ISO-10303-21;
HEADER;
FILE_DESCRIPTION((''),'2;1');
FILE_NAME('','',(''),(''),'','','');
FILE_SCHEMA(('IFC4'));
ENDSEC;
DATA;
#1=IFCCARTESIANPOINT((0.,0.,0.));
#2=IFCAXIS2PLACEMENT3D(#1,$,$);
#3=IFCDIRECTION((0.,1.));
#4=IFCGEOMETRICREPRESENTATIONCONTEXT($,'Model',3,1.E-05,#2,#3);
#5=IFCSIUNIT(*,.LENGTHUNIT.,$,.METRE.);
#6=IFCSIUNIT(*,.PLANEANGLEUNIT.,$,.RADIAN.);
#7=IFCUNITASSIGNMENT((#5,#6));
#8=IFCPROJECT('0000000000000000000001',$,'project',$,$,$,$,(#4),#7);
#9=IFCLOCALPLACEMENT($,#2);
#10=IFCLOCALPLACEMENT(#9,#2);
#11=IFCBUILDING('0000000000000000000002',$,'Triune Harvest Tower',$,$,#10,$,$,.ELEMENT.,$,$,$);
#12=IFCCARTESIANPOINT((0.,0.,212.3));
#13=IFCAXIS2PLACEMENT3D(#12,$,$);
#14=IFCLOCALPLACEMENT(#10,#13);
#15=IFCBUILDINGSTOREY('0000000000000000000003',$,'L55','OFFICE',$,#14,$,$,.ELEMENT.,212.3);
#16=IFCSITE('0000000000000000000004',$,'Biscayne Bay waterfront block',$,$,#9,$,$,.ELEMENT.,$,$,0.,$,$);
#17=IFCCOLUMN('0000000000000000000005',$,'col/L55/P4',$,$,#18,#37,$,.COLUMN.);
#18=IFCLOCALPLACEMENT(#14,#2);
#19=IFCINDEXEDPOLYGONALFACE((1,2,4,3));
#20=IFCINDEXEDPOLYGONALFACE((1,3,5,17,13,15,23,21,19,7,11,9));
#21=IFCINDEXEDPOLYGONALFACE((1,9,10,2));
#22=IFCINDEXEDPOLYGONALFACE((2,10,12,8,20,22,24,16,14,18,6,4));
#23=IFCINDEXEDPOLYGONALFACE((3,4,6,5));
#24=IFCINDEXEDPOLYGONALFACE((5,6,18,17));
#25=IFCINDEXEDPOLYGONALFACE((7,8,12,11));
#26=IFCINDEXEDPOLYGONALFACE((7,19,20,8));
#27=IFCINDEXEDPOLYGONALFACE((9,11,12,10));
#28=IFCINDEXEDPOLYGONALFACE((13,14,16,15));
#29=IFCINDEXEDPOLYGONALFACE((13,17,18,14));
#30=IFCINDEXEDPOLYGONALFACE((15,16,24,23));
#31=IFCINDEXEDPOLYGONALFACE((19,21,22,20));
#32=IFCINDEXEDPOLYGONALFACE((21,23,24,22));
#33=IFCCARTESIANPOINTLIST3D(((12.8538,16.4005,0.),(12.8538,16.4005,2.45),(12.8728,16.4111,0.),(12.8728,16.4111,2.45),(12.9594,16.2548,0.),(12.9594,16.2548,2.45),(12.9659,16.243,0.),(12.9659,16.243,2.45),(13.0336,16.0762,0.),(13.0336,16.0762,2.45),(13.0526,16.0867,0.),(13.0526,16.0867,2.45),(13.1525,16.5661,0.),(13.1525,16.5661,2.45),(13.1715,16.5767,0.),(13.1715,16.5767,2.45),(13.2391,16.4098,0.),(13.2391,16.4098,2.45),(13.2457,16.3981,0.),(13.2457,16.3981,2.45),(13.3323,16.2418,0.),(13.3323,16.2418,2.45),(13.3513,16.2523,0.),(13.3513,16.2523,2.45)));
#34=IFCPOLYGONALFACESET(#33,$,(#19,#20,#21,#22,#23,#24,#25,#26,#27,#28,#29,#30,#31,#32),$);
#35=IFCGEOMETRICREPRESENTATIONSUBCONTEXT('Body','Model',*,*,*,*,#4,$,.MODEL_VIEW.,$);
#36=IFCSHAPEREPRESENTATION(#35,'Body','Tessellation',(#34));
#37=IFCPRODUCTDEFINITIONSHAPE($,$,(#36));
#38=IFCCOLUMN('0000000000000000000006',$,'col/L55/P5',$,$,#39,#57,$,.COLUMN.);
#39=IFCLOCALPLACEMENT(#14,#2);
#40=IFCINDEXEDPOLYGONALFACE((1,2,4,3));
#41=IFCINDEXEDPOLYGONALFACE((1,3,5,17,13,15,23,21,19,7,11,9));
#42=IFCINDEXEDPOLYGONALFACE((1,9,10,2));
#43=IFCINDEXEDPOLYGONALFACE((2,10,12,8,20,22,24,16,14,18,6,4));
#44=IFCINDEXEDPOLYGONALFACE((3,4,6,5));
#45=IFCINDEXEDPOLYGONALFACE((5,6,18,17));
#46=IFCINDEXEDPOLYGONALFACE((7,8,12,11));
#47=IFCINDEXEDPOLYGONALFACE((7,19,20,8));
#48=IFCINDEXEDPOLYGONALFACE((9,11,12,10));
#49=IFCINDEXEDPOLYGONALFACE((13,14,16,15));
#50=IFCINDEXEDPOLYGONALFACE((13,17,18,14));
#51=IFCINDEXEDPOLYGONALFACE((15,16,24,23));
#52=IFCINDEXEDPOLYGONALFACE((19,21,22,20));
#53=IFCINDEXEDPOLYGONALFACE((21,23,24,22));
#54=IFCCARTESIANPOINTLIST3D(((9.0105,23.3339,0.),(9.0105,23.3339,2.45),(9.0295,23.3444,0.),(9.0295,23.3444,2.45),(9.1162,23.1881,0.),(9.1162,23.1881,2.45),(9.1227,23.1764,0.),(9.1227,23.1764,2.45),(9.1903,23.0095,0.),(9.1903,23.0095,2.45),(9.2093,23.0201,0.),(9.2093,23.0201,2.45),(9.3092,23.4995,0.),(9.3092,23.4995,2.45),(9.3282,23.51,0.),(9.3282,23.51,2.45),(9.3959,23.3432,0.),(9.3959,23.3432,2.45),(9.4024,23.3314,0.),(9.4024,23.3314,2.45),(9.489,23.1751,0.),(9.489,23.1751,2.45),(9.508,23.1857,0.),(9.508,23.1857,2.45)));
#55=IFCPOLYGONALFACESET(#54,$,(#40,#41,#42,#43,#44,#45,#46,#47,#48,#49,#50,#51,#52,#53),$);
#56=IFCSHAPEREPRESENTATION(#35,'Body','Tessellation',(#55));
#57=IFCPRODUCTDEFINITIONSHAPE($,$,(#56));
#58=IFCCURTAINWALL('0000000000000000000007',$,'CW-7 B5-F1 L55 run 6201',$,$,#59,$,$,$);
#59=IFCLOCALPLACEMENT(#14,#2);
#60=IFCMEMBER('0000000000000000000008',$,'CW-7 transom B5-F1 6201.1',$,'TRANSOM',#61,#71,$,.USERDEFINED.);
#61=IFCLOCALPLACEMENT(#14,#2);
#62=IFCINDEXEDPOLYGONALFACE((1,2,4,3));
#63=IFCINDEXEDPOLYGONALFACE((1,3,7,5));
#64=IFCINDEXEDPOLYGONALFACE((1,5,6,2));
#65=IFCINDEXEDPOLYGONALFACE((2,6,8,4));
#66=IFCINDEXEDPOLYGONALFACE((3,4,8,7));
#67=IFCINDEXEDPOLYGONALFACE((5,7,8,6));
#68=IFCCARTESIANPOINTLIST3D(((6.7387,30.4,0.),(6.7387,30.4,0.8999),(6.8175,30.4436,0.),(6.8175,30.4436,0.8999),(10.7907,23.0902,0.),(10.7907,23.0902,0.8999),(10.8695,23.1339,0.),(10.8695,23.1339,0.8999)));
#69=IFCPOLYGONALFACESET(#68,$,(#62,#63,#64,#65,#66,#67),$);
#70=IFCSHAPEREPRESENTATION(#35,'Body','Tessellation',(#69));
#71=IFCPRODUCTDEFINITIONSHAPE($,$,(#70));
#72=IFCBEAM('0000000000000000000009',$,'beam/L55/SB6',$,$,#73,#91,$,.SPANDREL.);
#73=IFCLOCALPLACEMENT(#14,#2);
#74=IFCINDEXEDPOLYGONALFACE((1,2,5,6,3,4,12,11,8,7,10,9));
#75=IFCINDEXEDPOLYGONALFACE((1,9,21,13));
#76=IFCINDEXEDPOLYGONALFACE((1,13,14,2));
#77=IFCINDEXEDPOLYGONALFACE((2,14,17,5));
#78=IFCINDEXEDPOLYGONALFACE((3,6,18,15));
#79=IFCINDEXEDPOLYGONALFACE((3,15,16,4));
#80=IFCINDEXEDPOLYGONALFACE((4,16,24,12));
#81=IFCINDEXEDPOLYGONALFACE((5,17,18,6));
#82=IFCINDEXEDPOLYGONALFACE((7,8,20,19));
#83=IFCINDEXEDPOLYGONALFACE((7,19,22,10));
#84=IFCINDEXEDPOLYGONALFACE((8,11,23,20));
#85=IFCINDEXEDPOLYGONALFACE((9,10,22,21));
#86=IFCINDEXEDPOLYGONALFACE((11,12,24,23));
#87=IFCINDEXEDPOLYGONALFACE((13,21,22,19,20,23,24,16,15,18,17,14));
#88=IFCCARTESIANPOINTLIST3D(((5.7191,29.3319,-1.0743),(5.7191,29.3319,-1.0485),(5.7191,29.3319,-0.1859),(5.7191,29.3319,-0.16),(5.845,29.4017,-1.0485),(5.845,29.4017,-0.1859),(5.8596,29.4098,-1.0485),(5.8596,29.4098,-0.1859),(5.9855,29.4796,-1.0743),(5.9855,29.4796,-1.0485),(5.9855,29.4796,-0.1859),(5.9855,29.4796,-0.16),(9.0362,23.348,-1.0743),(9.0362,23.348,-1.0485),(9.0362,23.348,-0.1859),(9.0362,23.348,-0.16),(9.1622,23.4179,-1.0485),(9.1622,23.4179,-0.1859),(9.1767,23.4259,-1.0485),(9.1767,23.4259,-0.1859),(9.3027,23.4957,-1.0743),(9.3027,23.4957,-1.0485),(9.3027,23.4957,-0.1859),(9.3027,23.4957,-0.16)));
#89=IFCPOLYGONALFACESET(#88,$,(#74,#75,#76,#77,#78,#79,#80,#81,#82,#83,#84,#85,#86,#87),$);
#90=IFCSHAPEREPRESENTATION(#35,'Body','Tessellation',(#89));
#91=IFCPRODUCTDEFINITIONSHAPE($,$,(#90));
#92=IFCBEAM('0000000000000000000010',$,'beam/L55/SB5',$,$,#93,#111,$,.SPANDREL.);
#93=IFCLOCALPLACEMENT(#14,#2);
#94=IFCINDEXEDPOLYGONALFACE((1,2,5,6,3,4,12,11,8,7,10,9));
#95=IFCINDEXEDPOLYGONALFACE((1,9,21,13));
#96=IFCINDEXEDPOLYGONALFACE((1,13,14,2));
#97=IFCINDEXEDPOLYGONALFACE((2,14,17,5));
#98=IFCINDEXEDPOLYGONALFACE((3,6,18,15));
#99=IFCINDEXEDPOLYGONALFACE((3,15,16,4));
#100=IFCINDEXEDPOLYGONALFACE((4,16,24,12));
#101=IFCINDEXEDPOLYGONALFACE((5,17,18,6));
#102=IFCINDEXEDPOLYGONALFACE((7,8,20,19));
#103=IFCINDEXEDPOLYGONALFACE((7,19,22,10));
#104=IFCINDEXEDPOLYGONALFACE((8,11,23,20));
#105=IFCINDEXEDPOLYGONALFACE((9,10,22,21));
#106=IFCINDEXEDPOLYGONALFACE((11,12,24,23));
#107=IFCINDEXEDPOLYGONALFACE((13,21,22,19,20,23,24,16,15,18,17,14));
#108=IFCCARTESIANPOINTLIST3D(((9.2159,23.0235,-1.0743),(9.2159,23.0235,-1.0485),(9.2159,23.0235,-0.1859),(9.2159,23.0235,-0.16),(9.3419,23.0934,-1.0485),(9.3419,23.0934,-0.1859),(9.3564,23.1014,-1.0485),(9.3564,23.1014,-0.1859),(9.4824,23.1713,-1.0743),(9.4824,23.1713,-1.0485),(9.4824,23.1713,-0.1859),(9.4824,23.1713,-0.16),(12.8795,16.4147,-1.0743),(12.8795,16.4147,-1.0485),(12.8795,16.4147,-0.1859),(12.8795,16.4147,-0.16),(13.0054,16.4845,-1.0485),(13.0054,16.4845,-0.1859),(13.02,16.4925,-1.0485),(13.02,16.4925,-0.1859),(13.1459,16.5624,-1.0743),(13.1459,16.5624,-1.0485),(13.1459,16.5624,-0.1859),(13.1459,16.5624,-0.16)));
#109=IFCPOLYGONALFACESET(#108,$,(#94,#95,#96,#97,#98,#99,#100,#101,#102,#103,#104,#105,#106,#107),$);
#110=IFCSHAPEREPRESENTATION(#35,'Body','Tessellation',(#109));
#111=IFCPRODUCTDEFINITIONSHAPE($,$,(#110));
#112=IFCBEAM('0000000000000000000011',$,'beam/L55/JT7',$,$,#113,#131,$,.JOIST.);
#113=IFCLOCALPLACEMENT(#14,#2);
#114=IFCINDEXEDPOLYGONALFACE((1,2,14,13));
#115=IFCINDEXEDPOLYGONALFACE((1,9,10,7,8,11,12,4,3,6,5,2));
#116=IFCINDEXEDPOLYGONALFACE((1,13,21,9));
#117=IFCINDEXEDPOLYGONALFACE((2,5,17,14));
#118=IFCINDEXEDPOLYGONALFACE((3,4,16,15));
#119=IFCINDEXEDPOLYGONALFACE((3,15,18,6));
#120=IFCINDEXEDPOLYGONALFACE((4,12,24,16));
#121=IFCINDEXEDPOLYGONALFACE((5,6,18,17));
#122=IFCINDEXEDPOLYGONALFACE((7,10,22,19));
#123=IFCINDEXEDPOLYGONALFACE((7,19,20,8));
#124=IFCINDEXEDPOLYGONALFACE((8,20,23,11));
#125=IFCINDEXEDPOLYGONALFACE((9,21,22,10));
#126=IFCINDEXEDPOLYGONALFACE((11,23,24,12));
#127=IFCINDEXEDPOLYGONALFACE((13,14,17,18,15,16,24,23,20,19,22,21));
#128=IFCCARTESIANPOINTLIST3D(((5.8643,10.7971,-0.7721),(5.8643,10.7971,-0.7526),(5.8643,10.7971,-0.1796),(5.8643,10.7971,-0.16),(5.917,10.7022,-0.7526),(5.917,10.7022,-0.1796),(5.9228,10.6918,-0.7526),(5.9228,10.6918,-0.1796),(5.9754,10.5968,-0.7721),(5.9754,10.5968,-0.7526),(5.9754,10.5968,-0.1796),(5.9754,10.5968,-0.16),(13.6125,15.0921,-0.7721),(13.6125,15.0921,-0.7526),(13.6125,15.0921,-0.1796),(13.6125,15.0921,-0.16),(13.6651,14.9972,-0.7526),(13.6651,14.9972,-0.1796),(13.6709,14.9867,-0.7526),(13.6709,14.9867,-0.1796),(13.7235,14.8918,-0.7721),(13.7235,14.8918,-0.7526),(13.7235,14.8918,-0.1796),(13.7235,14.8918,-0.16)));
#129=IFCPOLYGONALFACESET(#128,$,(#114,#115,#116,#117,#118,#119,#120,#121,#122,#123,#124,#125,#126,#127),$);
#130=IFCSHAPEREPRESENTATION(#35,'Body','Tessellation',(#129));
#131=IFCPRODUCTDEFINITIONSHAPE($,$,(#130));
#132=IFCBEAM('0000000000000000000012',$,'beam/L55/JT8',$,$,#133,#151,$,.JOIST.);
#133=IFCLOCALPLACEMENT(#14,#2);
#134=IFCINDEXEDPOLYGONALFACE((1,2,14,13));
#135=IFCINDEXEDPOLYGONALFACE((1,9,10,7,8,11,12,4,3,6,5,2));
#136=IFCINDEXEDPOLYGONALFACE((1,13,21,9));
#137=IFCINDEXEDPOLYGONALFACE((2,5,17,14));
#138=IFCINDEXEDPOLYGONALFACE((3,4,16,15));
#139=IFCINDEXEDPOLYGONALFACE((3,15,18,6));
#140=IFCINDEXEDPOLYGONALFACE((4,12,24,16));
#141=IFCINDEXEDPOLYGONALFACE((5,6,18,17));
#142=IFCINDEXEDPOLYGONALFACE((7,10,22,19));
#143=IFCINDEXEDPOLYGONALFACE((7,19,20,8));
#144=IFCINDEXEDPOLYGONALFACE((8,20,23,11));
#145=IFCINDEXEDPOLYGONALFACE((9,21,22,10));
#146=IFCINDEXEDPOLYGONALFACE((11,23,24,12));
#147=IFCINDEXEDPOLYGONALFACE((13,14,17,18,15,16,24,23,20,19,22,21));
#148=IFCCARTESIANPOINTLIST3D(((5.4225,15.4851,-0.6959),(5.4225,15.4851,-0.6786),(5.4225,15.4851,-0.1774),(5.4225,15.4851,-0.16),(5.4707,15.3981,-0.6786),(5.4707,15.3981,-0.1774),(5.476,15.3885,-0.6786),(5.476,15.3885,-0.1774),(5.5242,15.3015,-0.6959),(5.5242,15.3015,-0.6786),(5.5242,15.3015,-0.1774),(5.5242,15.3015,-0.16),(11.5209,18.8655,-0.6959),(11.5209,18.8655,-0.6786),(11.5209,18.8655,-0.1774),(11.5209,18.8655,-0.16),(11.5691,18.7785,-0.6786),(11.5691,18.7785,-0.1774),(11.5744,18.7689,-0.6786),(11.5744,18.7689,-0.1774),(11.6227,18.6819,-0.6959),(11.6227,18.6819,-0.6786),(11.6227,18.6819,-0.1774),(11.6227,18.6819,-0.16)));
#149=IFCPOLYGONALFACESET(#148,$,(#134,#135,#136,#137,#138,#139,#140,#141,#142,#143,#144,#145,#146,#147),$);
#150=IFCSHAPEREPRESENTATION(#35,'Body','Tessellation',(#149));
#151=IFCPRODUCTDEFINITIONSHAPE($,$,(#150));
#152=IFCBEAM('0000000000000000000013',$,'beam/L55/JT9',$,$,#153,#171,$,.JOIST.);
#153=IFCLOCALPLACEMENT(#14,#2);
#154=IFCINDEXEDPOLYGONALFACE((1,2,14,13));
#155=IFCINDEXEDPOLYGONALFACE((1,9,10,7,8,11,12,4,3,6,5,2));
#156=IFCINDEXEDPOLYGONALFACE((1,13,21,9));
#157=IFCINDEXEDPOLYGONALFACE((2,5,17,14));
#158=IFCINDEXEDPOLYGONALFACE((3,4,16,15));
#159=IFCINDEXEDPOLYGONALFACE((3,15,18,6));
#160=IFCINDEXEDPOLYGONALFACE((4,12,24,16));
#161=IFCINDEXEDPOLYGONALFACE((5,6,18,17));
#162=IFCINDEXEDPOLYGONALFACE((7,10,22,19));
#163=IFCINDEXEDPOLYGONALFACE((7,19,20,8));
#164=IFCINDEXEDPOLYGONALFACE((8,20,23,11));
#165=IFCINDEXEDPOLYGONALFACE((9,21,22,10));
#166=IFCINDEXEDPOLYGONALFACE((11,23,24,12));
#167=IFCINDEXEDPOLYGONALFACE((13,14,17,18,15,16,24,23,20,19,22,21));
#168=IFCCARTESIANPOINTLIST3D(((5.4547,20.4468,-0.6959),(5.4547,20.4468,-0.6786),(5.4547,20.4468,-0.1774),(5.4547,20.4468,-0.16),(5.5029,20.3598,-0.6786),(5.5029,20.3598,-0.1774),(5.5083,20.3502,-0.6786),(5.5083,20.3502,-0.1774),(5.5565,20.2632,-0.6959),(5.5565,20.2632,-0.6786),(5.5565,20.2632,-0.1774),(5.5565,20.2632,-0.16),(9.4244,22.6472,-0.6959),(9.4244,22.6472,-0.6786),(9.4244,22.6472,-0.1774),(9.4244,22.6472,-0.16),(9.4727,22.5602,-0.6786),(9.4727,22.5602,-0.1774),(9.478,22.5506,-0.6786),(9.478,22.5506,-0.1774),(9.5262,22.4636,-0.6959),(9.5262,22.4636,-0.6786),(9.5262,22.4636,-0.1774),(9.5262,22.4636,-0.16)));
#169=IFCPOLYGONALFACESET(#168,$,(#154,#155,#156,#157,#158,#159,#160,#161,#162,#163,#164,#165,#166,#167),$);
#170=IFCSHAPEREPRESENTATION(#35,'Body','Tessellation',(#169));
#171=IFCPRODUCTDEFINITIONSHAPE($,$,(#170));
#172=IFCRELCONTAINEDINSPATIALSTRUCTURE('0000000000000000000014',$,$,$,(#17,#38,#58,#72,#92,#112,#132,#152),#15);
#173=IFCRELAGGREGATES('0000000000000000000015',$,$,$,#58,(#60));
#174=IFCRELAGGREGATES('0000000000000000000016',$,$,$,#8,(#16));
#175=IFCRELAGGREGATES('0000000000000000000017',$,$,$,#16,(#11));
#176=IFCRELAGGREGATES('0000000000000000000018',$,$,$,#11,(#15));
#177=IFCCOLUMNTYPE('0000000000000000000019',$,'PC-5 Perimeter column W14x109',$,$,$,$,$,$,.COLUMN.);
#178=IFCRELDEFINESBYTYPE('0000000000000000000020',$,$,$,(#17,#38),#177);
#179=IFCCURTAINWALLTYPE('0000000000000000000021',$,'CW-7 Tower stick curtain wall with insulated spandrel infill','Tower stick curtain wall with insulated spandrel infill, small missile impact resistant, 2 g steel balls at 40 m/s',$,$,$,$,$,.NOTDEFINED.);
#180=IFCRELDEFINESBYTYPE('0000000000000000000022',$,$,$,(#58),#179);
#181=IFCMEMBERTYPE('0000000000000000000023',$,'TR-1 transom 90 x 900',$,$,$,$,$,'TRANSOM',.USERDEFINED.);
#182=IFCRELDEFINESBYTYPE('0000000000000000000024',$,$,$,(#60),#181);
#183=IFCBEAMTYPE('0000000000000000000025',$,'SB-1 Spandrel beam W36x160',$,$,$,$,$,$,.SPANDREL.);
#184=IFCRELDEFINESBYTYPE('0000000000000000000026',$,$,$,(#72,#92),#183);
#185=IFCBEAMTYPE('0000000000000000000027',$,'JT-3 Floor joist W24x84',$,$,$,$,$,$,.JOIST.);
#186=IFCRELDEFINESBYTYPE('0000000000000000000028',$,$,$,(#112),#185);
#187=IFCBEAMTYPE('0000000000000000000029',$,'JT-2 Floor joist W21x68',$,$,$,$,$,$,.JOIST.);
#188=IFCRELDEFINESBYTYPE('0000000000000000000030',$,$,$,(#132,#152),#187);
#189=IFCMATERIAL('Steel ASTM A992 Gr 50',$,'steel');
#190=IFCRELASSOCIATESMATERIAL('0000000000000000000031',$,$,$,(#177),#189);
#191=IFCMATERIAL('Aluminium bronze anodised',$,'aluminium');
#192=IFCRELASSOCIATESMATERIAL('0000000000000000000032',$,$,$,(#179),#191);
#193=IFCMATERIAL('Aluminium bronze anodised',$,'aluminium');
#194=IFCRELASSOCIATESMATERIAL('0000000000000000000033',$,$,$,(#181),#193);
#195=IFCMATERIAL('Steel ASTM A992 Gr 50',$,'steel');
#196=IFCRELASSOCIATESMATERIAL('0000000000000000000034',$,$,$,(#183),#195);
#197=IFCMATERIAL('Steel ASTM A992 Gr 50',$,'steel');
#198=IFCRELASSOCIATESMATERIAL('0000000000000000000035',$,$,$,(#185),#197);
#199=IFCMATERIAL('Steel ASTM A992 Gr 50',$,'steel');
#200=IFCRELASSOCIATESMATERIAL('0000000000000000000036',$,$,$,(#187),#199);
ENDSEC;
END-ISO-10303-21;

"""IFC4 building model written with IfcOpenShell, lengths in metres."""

from ifc_helpers import new_model, si_unit, direction, frame, origin, origin_2d, place, context, subcontext, project, spatial, rectangle, i_section, extrude, source, transform, mapped, material, material_profile, profile_set, type_object, element, aggregate, save


model = new_model("IFC4")

# Units and contexts
model_context = context("Model", 3, precision=1e-05, world=origin(), true_north=direction((0.0, 1.0)))
body_context = subcontext(model_context, "Body", "Model", "MODEL_VIEW")
ifc_project = project(units=[si_unit("LENGTHUNIT", "METRE"), si_unit("PLANEANGLEUNIT", "RADIAN")], contexts=[model_context])

# Site, building, storey
site_placement = place(None, origin())
site = spatial("IfcSite", under=ifc_project, at=site_placement, Name="Biscayne Bay waterfront block", CompositionType="ELEMENT", RefElevation=0.0)
building_placement = place(site_placement, origin())
building = spatial("IfcBuilding", under=site, at=building_placement, Name="Triune Harvest Tower", CompositionType="ELEMENT")
storey_placement = place(building_placement, frame((0.0, 0.0, 212.3)))
storey = spatial("IfcBuildingStorey", under=building, at=storey_placement, Name="L55", Description="OFFICE", CompositionType="ELEMENT", Elevation=212.3)

# Columns
ifc_material_1 = material(Name="Steel ASTM A992 Gr 50", Category="steel")
ifc_material_profile_1 = material_profile(ifc_material_1, i_section(OverallWidth=0.3708, OverallDepth=0.3633, WebThickness=0.0134, FlangeThickness=0.0217, at=origin_2d()), Name="W14x109")
ifc_profile_set_1 = profile_set([ifc_material_profile_1], Name="Steel ASTM A992 Gr 50")
column_type = type_object("IfcColumnType", Name="PC-5 Perimeter column W14x109", PredefinedType="COLUMN", material=ifc_profile_set_1)
shared_shape_1 = source(origin(), body_context, "Body", "SweptSolid", [
    extrude(i_section(OverallWidth=0.3708, OverallDepth=0.3633, WebThickness=0.0134, FlangeThickness=0.0217, at=origin_2d()), origin(), (0.0, 0.0, 1.0), 2.45),
])
for number, where, z_axis, x_axis, name in (
    (1, (13.1025, 16.3264, 0.0), (0.0, 0.0, 1.0), (-0.48481, 0.87462, 0.0), "col/L55/P4"),
    (2, (9.2593, 23.2598, 0.0), (0.0, 0.0, 1.0), (-0.48481, 0.87462, 0.0), "col/L55/P5"),
):
    element("IfcColumn", number, at=place(storey_placement, frame(where, z_axis=z_axis, x_axis=x_axis)), inside=storey, type_object=column_type, Name=name, PredefinedType="COLUMN", context=body_context, shape_type="MappedRepresentation", body=[
        mapped(shared_shape_1, transform((0.0, 0.0, 0.0), scale=1.0)),
    ])

# Curtain wall, member
ifc_material_2 = material(Name="Aluminium bronze anodised", Category="aluminium")
curtain_wall_type_1 = type_object("IfcCurtainWallType", Name="CW-7 Tower stick curtain wall with insulated spandrel infill", Description="Tower stick curtain wall with insulated spandrel infill, small missile impact resistant, 2 g steel balls at 40 m/s", PredefinedType="NOTDEFINED", material=ifc_material_2)
curtain_wall_1_placement = place(storey_placement, origin())
curtain_wall_1 = element("IfcCurtainWall", 3, at=curtain_wall_1_placement, inside=storey, type_object=curtain_wall_type_1, Name="CW-7 B5-F1 L55 run 6201")
ifc_material_3 = material(Name="Aluminium bronze anodised", Category="aluminium")
ifc_material_profile_2 = material_profile(ifc_material_3, rectangle(XDim=0.0901, YDim=0.8999, at=origin_2d()), Name="TR-1 transom 90 x 900")
ifc_profile_set_2 = profile_set([ifc_material_profile_2], Name="Aluminium bronze anodised")
member_type_1 = type_object("IfcMemberType", Name="TR-1 transom 90 x 900", ElementType="TRANSOM", PredefinedType="USERDEFINED", material=ifc_profile_set_2)
member_1_placement = place(storey_placement, frame((10.8301, 23.1121, 0.45), z_axis=(-0.484819, 0.874614, 0.0), x_axis=(-0.874614, -0.484819, 0.0)))
member_1 = element("IfcMember", 4, at=member_1_placement, type_object=member_type_1, Name="CW-7 transom B5-F1 6201.1", ObjectType="TRANSOM", PredefinedType="USERDEFINED", context=body_context, shape_type="SweptSolid", body=[
    extrude(rectangle(XDim=0.0901, YDim=0.8999, at=origin_2d()), origin(), (0.0, 0.0, 1.0), 8.3577),
])

# Beams
ifc_material_4 = material(Name="Steel ASTM A992 Gr 50", Category="steel")
ifc_material_profile_3 = material_profile(ifc_material_4, i_section(OverallWidth=0.3047, OverallDepth=0.9143, WebThickness=0.0166, FlangeThickness=0.0259, at=origin_2d()), Name="W36x160")
ifc_profile_set_3 = profile_set([ifc_material_profile_3], Name="Steel ASTM A992 Gr 50")
beam_type_1 = type_object("IfcBeamType", Name="SB-1 Spandrel beam W36x160", PredefinedType="SPANDREL", material=ifc_profile_set_3)
shared_shape_2 = source(origin(), body_context, "Body", "SweptSolid", [
    extrude(i_section(OverallWidth=0.3047, OverallDepth=0.9143, WebThickness=0.0166, FlangeThickness=0.0259, at=origin_2d()), origin(), (0.0, 0.0, 1.0), 6.8418),
])
beam_1_placement = place(storey_placement, frame((9.1694, 23.4219, -0.6172), z_axis=(-0.484834, 0.874606, 0.0), x_axis=(-0.874606, -0.484834, 0.0)))
element("IfcBeam", 5, at=beam_1_placement, inside=storey, type_object=beam_type_1, Name="beam/L55/SB6", PredefinedType="SPANDREL", context=body_context, shape_type="MappedRepresentation", body=[
    mapped(shared_shape_2, transform((0.0, 0.0, 0.0), scale=1.0)),
])
shared_shape_3 = source(origin(), body_context, "Body", "SweptSolid", [
    extrude(i_section(OverallWidth=0.3047, OverallDepth=0.9143, WebThickness=0.0166, FlangeThickness=0.0259, at=origin_2d()), origin(), (0.0, 0.0, 1.0), 7.5564),
])
beam_2_placement = place(storey_placement, frame((13.0127, 16.4885, -0.6172), z_axis=(-0.484831, 0.874608, 0.0), x_axis=(-0.874608, -0.484831, 0.0)))
element("IfcBeam", 6, at=beam_2_placement, inside=storey, type_object=beam_type_1, Name="beam/L55/SB5", PredefinedType="SPANDREL", context=body_context, shape_type="MappedRepresentation", body=[
    mapped(shared_shape_3, transform((0.0, 0.0, 0.0), scale=1.0)),
])
ifc_material_5 = material(Name="Steel ASTM A992 Gr 50", Category="steel")
ifc_material_profile_4 = material_profile(ifc_material_5, i_section(OverallWidth=0.229, OverallDepth=0.6121, WebThickness=0.012, FlangeThickness=0.0195, at=origin_2d()), Name="W24x84")
ifc_profile_set_4 = profile_set([ifc_material_profile_4], Name="Steel ASTM A992 Gr 50")
beam_type_2 = type_object("IfcBeamType", Name="JT-3 Floor joist W24x84", PredefinedType="JOIST", material=ifc_profile_set_4)
shared_shape_4 = source(origin(), body_context, "Body", "SweptSolid", [
    extrude(i_section(OverallWidth=0.229, OverallDepth=0.6121, WebThickness=0.012, FlangeThickness=0.0195, at=origin_2d()), origin(), (0.0, 0.0, 1.0), 8.8589),
])
beam_3_placement = place(storey_placement, frame((13.668, 14.9919, -0.4661), z_axis=(-0.874614, -0.484819, 0.0), x_axis=(0.484819, -0.874614, 0.0)))
element("IfcBeam", 7, at=beam_3_placement, inside=storey, type_object=beam_type_2, Name="beam/L55/JT7", PredefinedType="JOIST", context=body_context, shape_type="MappedRepresentation", body=[
    mapped(shared_shape_4, transform((0.0, 0.0, 0.0), scale=1.0)),
])
ifc_material_6 = material(Name="Steel ASTM A992 Gr 50", Category="steel")
ifc_material_profile_5 = material_profile(ifc_material_6, i_section(OverallWidth=0.21, OverallDepth=0.5359, WebThickness=0.011, FlangeThickness=0.0173, at=origin_2d()), Name="W21x68")
ifc_profile_set_5 = profile_set([ifc_material_profile_5], Name="Steel ASTM A992 Gr 50")
beam_type_3 = type_object("IfcBeamType", Name="JT-2 Floor joist W21x68", PredefinedType="JOIST", material=ifc_profile_set_5)
shared_shape_5 = source(origin(), body_context, "Body", "SweptSolid", [
    extrude(i_section(OverallWidth=0.21, OverallDepth=0.5359, WebThickness=0.011, FlangeThickness=0.0173, at=origin_2d()), origin(), (0.0, 0.0, 1.0), 6.9727),
])
beam_4_placement = place(storey_placement, frame((11.5718, 18.7737, -0.428), z_axis=(-0.874621, -0.484807, 0.0), x_axis=(0.484807, -0.874621, 0.0)))
element("IfcBeam", 8, at=beam_4_placement, inside=storey, type_object=beam_type_3, Name="beam/L55/JT8", PredefinedType="JOIST", context=body_context, shape_type="MappedRepresentation", body=[
    mapped(shared_shape_5, transform((0.0, 0.0, 0.0), scale=1.0)),
])
shared_shape_6 = source(origin(), body_context, "Body", "SweptSolid", [
    extrude(i_section(OverallWidth=0.21, OverallDepth=0.5359, WebThickness=0.011, FlangeThickness=0.0173, at=origin_2d()), origin(), (0.0, 0.0, 1.0), 4.5388),
])
beam_5_placement = place(storey_placement, frame((9.4753, 22.5554, -0.428), z_axis=(-0.874621, -0.484807, 0.0), x_axis=(0.484807, -0.874621, 0.0)))
element("IfcBeam", 9, at=beam_5_placement, inside=storey, type_object=beam_type_3, Name="beam/L55/JT9", PredefinedType="JOIST", context=body_context, shape_type="MappedRepresentation", body=[
    mapped(shared_shape_6, transform((0.0, 0.0, 0.0), scale=1.0)),
])

aggregate(curtain_wall_1, [member_1])

save(model, "model.ifc")
